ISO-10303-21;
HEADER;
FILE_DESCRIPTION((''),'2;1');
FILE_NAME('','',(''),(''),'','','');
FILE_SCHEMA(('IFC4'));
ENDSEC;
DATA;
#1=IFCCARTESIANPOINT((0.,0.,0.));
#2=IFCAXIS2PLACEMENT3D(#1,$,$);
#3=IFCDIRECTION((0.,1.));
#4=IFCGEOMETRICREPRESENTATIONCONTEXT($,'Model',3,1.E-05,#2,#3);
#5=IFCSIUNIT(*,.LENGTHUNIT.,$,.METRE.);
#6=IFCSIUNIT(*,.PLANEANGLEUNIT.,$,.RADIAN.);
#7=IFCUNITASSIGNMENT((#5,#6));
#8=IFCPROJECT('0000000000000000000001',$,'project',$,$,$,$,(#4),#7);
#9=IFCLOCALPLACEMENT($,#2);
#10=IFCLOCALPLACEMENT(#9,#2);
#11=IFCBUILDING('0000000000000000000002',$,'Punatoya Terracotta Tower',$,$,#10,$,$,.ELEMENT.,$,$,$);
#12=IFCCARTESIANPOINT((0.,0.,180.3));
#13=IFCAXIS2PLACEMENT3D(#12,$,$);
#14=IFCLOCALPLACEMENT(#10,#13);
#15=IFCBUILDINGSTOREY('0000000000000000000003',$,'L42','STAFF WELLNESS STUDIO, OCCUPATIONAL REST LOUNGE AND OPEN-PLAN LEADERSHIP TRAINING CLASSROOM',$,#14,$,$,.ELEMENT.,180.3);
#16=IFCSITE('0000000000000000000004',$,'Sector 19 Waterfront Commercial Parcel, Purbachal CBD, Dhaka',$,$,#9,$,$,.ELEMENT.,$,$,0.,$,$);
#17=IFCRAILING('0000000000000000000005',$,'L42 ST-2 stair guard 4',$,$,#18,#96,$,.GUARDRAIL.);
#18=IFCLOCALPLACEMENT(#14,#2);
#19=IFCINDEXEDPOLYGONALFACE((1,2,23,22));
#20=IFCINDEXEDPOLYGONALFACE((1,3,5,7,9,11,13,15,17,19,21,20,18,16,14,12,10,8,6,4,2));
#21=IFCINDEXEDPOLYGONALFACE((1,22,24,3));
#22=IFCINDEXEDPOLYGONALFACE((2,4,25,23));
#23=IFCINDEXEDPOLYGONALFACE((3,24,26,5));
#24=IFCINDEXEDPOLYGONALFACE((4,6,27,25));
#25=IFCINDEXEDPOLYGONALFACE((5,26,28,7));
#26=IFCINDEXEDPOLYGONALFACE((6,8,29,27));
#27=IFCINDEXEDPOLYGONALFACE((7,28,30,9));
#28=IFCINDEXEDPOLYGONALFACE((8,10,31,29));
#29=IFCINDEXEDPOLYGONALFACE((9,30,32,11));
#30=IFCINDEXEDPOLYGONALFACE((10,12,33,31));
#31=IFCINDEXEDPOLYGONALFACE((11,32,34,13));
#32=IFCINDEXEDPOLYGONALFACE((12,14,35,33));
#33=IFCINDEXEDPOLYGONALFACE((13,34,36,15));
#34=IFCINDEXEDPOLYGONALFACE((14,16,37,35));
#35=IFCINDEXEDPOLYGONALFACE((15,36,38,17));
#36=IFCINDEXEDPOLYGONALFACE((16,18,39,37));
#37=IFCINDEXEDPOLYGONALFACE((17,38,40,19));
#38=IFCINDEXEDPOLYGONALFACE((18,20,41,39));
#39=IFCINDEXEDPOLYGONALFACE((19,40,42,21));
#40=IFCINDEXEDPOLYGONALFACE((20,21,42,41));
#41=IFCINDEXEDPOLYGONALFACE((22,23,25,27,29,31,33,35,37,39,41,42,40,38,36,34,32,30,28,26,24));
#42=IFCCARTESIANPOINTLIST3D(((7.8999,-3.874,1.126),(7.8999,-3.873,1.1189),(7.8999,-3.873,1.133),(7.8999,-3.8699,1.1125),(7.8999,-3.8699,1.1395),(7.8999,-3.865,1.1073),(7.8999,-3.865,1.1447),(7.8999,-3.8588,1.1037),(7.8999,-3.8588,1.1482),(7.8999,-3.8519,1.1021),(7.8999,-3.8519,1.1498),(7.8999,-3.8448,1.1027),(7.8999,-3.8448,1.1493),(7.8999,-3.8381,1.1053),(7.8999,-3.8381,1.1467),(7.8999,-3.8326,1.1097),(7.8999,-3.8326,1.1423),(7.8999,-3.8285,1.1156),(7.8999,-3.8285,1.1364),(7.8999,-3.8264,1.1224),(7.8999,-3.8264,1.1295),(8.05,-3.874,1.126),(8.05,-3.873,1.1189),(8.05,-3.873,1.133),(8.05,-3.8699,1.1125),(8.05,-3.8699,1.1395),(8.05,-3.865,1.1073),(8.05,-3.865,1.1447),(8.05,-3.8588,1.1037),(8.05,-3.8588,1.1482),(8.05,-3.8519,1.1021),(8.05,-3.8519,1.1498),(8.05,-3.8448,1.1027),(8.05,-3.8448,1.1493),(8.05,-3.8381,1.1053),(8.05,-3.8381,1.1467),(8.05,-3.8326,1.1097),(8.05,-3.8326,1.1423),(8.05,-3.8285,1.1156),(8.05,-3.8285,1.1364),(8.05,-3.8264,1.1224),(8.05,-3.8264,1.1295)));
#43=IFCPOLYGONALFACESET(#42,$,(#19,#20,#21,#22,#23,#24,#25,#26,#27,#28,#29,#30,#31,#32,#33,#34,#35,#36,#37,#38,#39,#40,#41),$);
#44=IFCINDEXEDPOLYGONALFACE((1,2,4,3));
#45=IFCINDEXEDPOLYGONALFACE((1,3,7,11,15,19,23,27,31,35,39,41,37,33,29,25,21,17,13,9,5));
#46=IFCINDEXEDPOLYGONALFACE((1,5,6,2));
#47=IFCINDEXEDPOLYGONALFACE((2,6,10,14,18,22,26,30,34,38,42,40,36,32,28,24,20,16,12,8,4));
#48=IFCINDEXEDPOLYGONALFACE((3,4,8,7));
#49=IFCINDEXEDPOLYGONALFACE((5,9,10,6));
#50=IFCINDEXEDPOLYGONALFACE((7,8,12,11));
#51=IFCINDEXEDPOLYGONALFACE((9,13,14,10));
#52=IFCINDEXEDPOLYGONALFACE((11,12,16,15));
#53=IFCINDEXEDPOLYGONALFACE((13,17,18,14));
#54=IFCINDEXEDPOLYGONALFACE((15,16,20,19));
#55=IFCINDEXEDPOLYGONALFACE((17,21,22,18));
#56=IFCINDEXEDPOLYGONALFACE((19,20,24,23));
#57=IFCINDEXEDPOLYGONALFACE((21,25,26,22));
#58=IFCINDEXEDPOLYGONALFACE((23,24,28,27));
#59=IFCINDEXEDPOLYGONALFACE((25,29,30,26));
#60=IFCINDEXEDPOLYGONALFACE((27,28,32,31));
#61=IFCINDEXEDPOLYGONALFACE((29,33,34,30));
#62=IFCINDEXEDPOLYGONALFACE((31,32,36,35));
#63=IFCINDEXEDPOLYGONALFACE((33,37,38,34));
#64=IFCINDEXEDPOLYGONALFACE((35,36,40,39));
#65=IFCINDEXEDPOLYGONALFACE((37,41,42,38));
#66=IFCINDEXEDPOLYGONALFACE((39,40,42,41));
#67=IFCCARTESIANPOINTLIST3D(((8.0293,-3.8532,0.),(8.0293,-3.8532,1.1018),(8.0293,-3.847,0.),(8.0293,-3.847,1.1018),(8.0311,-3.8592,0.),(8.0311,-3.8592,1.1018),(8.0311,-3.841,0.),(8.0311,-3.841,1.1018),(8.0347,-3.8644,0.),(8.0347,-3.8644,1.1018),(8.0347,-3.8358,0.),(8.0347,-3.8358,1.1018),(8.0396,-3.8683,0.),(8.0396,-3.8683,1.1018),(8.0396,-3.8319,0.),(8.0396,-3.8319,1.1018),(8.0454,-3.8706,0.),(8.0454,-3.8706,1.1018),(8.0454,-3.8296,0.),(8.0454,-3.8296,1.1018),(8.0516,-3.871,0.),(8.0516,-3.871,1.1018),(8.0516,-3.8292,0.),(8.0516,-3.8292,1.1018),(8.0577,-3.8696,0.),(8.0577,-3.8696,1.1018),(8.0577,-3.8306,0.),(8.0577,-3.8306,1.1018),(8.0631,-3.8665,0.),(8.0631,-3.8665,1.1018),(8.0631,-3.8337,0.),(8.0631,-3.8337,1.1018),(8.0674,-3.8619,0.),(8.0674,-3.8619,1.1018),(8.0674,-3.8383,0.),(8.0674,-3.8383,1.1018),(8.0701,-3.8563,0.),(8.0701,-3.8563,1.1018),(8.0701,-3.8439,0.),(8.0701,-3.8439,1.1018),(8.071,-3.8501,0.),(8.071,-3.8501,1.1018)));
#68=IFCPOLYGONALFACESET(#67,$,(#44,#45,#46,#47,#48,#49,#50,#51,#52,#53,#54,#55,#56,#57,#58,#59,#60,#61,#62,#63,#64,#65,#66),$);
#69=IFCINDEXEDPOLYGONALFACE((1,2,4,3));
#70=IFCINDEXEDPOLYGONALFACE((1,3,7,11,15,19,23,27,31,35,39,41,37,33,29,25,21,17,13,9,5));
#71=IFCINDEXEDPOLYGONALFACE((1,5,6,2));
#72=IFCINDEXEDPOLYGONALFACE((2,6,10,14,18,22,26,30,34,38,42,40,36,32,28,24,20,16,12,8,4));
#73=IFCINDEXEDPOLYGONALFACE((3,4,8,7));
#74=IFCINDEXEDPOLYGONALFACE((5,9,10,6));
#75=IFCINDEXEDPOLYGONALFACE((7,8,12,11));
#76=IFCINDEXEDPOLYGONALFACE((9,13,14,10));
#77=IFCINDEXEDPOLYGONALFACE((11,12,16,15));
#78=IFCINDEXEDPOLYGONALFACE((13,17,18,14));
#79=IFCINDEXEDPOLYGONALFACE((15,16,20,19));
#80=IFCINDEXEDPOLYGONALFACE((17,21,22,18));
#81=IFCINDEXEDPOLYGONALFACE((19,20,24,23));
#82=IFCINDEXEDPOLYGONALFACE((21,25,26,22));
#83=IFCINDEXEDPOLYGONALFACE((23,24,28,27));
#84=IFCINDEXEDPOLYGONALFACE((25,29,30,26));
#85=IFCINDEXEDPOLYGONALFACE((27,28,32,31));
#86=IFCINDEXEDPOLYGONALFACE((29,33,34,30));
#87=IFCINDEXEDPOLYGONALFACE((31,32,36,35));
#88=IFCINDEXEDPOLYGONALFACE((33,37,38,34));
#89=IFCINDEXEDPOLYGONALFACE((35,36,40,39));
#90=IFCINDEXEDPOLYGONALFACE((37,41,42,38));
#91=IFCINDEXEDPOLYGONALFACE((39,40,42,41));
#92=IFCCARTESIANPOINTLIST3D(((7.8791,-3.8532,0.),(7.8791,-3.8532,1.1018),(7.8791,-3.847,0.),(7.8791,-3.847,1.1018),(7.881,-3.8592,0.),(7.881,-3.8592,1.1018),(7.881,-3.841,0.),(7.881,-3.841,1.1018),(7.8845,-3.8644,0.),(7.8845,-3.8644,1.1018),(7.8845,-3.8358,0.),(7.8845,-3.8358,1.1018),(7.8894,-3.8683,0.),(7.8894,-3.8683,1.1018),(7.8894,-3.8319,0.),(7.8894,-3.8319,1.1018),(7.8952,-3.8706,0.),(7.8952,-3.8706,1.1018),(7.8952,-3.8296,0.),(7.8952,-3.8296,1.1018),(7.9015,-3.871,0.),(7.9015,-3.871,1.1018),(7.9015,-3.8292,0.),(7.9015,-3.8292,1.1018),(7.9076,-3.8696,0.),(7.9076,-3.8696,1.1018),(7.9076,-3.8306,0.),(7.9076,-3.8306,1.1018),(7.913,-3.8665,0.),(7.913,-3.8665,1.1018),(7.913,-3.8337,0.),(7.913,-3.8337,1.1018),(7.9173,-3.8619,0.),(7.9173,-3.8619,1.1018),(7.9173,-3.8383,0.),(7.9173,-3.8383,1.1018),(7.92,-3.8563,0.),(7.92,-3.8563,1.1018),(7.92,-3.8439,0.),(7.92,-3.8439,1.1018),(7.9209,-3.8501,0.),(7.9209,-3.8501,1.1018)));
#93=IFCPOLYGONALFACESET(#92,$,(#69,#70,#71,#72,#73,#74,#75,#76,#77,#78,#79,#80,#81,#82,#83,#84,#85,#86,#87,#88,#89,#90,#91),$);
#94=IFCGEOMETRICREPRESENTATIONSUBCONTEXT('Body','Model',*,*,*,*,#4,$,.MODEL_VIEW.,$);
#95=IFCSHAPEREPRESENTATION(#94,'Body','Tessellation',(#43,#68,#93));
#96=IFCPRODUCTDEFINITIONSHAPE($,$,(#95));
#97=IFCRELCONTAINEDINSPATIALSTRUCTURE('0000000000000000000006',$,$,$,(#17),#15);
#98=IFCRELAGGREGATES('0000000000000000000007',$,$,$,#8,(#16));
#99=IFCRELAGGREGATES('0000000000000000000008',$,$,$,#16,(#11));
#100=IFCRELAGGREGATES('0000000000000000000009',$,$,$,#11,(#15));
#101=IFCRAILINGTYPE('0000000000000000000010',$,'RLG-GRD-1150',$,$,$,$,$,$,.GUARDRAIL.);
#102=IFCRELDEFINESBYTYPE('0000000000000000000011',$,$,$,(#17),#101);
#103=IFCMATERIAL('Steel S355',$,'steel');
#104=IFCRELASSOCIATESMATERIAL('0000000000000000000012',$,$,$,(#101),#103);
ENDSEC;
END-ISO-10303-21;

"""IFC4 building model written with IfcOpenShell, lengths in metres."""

from ifc_helpers import new_model, si_unit, direction, frame, origin, origin_2d, place, context, subcontext, project, spatial, circle, extrude, material, type_object, element, save


model = new_model("IFC4")

# Units and contexts
model_context = context("Model", 3, precision=1e-05, world=origin(), true_north=direction((0.0, 1.0)))
body_context = subcontext(model_context, "Body", "Model", "MODEL_VIEW")
ifc_project = project(units=[si_unit("LENGTHUNIT", "METRE"), si_unit("PLANEANGLEUNIT", "RADIAN")], contexts=[model_context])

# Site, building, storey
site_placement = place(None, origin())
site = spatial("IfcSite", under=ifc_project, at=site_placement, Name="Sector 19 Waterfront Commercial Parcel, Purbachal CBD, Dhaka", CompositionType="ELEMENT", RefElevation=0.0)
building_placement = place(site_placement, origin())
building = spatial("IfcBuilding", under=site, at=building_placement, Name="Punatoya Terracotta Tower", CompositionType="ELEMENT")
storey_placement = place(building_placement, frame((0.0, 0.0, 180.3)))
storey = spatial("IfcBuildingStorey", under=building, at=storey_placement, Name="L42", Description="STAFF WELLNESS STUDIO, OCCUPATIONAL REST LOUNGE AND OPEN-PLAN LEADERSHIP TRAINING CLASSROOM", CompositionType="ELEMENT", Elevation=180.3)

# Shared definitions
ifc_material_1 = material(Name="Steel S355", Category="steel")

# Railing
railing_type_1 = type_object("IfcRailingType", Name="RLG-GRD-1150", PredefinedType="GUARDRAIL", material=ifc_material_1)
railing_1_placement = place(storey_placement, frame((8.05, -3.8501, 0.0)))
element("IfcRailing", 1, at=railing_1_placement, inside=storey, type_object=railing_type_1, Name="L42 ST-2 stair guard 4", PredefinedType="GUARDRAIL", context=body_context, shape_type="SweptSolid", body=[
    extrude(circle(Radius=0.0239, at=origin_2d()), frame((0.0, 0.0, 1.126), z_axis=(-1.0, 0.0, 0.0), x_axis=(0.0, -1.0, 0.0)), (0.0, 0.0, 1.0), 0.1501),
    extrude(circle(Radius=0.021, at=origin_2d()), origin(), (0.0, 0.0, 1.0), 1.1018),
    extrude(circle(Radius=0.021, at=origin_2d()), frame((-0.1501, 0.0, 0.0)), (0.0, 0.0, 1.0), 1.1018),
])

save(model, "model.ifc")
